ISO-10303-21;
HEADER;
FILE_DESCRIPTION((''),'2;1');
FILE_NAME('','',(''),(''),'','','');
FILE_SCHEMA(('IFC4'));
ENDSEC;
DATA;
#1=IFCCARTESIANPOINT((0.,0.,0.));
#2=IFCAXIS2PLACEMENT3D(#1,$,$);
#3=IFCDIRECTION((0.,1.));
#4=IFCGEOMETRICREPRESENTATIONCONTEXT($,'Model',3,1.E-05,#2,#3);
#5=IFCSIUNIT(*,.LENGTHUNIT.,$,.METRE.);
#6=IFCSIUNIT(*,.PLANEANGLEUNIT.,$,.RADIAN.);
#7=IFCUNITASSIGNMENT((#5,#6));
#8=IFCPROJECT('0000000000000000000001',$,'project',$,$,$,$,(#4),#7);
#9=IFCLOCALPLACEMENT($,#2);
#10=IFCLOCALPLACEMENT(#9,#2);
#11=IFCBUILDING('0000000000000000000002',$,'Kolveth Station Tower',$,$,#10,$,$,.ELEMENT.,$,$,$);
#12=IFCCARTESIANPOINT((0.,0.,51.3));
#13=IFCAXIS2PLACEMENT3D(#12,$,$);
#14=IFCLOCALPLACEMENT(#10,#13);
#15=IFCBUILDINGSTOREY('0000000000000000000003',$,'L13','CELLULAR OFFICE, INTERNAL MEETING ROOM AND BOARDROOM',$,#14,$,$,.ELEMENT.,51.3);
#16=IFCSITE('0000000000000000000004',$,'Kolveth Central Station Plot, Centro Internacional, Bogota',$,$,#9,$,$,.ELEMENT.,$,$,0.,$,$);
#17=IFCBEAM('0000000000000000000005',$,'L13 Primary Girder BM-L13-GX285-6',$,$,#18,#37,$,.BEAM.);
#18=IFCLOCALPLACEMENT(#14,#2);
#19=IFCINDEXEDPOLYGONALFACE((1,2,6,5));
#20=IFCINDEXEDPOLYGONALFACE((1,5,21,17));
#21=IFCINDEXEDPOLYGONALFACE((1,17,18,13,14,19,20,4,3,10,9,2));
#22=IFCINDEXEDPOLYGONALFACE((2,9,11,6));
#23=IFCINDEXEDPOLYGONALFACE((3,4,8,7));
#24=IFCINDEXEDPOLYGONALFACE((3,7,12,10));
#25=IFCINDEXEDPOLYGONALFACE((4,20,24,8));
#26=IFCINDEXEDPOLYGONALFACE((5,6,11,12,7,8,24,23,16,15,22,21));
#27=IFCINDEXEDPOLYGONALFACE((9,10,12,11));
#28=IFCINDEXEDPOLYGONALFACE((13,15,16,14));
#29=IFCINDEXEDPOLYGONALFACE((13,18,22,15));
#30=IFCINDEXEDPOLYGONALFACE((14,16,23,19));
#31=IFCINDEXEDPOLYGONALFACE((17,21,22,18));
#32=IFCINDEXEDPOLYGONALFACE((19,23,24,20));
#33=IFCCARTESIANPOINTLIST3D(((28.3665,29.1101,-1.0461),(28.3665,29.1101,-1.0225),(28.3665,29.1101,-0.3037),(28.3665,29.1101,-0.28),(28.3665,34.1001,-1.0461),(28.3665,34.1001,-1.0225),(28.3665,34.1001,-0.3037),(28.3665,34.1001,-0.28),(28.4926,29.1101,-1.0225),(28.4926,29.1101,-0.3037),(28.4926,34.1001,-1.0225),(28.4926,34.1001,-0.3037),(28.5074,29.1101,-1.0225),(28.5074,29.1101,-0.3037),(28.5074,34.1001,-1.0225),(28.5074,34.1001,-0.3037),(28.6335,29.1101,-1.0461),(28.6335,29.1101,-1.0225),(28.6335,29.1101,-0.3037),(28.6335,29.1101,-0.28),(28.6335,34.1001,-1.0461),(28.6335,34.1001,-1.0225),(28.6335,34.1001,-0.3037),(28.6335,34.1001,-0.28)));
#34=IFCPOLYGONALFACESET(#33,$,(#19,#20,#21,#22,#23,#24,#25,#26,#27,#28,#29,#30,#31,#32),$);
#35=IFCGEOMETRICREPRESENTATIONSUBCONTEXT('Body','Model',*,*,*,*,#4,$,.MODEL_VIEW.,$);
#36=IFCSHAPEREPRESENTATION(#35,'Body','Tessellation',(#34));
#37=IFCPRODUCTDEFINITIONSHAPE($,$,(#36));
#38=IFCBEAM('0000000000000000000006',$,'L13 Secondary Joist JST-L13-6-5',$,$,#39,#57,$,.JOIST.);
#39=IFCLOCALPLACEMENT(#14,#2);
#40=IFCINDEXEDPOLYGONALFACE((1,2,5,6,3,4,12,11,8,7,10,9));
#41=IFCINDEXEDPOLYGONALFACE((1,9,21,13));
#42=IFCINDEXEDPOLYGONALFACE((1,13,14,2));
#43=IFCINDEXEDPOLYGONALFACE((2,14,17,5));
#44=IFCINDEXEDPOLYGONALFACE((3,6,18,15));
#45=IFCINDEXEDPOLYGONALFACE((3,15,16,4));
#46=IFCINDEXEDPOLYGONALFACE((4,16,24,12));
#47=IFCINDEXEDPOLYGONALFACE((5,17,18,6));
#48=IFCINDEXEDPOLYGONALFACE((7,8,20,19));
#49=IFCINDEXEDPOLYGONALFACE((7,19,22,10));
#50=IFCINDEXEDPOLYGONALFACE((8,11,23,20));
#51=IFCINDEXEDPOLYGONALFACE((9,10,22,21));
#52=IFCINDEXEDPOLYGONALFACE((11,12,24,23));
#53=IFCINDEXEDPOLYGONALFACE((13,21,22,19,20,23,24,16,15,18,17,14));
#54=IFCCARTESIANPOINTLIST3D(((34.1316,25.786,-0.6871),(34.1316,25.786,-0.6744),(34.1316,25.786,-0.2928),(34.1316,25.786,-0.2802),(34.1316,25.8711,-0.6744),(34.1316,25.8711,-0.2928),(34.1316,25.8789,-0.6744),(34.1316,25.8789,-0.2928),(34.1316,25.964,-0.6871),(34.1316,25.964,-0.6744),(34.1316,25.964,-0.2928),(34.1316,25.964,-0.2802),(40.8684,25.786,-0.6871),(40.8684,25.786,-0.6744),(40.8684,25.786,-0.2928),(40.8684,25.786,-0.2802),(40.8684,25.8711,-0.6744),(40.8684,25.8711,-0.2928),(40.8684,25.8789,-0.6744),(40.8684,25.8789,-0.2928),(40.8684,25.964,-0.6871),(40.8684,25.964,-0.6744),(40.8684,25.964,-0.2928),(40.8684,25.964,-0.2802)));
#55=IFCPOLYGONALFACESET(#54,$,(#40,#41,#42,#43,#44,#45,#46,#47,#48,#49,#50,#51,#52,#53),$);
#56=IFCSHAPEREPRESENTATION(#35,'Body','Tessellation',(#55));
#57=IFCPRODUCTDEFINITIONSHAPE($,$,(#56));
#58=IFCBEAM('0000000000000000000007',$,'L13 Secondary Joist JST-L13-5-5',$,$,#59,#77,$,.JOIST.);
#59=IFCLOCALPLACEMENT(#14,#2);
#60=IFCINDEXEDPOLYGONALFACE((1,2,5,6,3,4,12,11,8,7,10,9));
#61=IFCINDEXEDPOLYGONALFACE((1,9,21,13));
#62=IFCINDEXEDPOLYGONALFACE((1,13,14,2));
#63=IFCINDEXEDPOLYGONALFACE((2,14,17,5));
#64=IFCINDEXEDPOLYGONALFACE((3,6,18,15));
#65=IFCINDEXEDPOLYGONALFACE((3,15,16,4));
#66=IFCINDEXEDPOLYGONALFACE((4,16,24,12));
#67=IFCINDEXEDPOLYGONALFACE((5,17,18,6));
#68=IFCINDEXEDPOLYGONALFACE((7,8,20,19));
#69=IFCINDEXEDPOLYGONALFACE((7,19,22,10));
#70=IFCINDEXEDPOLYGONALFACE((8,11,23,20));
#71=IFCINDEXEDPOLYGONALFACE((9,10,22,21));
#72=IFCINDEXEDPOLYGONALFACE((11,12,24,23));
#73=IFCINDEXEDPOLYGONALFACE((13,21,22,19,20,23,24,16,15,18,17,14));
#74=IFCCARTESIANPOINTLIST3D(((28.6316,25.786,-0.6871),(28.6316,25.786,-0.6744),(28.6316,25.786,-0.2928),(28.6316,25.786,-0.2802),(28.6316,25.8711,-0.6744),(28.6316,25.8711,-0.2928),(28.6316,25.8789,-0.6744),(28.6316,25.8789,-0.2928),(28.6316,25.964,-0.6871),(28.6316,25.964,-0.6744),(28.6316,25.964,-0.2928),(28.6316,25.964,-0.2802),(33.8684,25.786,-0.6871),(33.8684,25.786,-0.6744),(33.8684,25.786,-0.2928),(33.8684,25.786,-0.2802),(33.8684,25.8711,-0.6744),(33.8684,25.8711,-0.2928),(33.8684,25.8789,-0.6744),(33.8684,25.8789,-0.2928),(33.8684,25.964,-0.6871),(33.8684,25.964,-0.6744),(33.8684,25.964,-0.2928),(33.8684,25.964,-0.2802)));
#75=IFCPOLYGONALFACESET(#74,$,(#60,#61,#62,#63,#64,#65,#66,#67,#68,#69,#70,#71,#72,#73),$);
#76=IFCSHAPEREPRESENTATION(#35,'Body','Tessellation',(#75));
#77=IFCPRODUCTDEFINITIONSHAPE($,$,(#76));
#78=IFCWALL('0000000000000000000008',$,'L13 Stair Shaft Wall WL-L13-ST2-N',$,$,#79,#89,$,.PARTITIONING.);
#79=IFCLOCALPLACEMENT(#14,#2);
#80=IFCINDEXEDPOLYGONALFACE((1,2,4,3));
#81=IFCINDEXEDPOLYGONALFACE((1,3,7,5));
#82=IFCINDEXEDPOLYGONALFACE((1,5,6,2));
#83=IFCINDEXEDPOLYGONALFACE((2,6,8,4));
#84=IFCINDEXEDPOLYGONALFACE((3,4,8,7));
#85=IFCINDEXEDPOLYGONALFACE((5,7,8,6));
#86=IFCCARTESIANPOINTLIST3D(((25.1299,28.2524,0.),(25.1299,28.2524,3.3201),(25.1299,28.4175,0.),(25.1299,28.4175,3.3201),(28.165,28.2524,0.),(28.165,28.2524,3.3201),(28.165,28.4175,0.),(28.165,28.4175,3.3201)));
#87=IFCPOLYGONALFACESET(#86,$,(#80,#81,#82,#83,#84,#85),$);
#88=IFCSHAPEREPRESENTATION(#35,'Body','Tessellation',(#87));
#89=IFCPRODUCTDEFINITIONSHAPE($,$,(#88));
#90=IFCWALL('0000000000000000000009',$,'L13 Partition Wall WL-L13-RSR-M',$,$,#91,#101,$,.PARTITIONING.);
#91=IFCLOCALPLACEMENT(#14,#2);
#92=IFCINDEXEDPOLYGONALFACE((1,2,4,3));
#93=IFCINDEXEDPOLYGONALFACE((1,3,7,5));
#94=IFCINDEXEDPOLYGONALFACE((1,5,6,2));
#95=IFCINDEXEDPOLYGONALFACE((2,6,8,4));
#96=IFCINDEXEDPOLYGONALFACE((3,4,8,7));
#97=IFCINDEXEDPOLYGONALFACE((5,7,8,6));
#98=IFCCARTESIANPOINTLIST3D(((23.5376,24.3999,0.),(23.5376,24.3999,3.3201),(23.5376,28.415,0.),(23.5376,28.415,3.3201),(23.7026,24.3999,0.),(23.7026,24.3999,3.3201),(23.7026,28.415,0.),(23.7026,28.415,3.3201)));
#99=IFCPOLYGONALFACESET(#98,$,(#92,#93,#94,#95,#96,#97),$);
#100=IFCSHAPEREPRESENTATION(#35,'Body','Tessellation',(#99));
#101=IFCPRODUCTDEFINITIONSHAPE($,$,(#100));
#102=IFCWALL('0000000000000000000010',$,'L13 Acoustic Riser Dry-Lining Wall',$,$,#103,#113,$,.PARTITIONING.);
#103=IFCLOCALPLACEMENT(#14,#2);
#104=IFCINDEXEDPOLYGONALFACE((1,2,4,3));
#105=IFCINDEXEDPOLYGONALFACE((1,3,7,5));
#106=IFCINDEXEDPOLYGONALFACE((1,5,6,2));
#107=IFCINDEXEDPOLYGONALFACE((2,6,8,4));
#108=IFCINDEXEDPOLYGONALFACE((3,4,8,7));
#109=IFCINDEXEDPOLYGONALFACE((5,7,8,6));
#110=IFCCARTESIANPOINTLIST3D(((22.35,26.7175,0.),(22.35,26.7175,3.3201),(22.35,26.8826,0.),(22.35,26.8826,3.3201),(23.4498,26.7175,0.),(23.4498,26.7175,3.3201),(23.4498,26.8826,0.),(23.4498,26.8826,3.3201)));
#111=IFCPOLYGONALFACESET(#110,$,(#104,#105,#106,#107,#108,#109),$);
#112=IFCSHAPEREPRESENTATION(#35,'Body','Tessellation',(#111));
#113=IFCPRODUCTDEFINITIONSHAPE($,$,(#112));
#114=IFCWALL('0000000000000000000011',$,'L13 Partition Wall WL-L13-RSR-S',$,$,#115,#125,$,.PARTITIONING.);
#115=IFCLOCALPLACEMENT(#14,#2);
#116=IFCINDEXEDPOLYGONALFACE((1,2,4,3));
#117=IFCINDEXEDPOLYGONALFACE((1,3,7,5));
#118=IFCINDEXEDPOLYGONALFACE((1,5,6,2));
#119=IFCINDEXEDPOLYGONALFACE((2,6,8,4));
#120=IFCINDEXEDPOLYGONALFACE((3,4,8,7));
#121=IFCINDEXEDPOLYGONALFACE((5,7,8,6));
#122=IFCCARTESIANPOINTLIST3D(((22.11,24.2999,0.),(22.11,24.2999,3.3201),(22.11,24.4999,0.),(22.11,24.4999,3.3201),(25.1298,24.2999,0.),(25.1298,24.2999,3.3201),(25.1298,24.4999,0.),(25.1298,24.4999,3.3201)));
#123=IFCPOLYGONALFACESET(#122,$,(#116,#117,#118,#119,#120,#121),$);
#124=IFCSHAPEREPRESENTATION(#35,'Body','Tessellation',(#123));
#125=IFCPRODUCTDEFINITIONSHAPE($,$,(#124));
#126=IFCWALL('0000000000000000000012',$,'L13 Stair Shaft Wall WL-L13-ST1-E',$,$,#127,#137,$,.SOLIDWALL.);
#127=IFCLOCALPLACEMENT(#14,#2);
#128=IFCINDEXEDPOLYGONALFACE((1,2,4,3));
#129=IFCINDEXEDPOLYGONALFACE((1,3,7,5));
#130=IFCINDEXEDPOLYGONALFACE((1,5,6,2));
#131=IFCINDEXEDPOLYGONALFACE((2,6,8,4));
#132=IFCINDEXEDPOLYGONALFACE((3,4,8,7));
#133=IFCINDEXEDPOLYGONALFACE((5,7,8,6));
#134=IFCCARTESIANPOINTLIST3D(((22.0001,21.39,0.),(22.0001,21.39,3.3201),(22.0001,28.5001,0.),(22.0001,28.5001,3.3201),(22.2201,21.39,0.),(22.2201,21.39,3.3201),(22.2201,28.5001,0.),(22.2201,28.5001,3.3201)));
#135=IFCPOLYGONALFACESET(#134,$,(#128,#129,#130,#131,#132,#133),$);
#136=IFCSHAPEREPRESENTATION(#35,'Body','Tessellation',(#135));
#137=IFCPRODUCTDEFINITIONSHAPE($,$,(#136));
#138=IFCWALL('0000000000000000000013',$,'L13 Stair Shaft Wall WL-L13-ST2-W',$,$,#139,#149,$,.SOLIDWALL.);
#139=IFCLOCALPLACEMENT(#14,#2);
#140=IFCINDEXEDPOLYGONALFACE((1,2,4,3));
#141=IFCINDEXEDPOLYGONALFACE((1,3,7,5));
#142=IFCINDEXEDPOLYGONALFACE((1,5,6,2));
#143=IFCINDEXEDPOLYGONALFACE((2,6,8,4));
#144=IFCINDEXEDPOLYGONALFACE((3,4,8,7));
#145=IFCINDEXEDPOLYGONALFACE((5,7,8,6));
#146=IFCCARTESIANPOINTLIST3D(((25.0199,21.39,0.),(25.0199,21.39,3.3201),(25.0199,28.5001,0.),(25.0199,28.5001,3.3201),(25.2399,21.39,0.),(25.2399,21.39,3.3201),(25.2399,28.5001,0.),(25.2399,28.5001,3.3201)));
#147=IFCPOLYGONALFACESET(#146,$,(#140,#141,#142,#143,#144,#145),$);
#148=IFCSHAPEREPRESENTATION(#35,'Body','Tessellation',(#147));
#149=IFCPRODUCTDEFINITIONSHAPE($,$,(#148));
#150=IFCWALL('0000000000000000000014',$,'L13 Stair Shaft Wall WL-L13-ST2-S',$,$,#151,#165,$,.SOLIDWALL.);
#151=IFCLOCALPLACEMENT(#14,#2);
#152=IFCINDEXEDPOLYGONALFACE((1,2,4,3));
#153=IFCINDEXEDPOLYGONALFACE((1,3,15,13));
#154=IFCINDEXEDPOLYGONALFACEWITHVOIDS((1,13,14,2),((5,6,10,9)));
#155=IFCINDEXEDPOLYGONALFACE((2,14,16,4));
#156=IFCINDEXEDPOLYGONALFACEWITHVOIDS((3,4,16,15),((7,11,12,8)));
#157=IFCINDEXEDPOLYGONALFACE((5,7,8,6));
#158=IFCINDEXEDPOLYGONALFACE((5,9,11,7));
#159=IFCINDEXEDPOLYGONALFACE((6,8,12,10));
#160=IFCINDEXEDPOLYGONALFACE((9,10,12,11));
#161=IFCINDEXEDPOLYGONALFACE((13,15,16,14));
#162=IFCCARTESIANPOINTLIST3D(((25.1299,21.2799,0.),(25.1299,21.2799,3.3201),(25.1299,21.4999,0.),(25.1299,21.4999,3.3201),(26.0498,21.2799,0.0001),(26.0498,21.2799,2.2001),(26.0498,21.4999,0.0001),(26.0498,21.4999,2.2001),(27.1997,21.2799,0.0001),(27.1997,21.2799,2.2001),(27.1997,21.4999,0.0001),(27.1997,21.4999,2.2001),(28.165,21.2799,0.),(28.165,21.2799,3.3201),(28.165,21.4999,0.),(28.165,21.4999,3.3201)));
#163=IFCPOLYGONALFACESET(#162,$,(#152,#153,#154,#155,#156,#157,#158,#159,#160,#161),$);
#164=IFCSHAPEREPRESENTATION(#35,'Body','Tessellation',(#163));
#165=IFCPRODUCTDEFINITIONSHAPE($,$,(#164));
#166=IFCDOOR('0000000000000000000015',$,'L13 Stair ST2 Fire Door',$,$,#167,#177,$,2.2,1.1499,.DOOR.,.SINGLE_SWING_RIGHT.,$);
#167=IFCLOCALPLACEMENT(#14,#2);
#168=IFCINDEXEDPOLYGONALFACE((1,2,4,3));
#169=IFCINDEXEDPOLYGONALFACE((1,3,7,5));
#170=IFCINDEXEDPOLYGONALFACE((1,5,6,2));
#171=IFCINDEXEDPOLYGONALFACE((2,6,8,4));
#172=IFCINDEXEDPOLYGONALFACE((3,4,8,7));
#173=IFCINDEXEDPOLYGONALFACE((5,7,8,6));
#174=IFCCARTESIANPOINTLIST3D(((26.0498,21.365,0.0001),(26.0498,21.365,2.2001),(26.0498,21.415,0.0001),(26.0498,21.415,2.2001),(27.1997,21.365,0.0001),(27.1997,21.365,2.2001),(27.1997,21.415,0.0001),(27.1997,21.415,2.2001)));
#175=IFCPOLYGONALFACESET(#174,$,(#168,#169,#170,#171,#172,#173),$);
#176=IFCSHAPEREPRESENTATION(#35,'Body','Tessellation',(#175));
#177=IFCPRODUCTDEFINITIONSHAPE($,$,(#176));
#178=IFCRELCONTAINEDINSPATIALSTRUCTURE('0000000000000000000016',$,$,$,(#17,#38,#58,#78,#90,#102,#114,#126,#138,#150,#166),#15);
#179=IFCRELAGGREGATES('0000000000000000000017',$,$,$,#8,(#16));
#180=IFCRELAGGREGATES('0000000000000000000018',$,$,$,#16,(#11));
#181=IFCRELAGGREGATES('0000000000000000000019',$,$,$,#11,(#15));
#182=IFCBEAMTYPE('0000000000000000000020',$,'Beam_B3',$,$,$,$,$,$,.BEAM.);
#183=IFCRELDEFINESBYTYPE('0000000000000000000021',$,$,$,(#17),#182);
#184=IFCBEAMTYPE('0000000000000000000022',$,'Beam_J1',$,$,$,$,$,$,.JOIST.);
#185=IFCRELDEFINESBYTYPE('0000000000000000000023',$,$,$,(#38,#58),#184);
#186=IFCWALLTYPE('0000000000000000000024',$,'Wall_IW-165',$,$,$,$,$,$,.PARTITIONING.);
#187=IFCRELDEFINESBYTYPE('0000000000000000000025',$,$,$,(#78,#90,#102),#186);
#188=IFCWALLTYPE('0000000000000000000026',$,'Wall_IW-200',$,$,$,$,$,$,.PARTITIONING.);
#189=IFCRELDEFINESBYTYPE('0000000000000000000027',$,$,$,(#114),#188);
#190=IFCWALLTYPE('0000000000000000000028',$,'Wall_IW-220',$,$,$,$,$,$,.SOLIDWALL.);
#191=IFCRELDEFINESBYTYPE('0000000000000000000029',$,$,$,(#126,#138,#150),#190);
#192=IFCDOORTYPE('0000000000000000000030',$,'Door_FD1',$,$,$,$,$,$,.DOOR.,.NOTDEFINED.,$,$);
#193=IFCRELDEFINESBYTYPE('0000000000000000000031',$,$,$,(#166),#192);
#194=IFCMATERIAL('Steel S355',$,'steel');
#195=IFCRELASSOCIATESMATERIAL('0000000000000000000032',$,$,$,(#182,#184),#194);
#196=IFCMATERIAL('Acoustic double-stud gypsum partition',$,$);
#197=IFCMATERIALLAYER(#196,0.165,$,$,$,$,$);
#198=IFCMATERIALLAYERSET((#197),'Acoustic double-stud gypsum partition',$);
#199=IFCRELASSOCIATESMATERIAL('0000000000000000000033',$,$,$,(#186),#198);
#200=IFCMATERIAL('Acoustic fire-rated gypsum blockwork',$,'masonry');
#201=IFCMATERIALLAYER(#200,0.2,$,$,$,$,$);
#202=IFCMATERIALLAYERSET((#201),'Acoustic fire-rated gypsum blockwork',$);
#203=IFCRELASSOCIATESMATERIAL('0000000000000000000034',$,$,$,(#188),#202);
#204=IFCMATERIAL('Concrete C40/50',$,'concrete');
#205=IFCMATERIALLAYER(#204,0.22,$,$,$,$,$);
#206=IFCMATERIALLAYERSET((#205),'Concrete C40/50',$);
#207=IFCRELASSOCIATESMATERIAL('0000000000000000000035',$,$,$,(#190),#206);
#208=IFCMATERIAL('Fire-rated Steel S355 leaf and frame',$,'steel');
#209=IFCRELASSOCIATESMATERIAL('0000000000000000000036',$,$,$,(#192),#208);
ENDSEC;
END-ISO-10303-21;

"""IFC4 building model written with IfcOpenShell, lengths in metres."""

from ifc_helpers import new_model, si_unit, direction, frame, frame_2d, origin, origin_2d, place, context, subcontext, project, spatial, rectangle, i_section, extrude, source, transform, mapped, material, layer, layer_set, material_profile, profile_set, type_object, element, fill, save


model = new_model("IFC4")

# Units and contexts
model_context = context("Model", 3, precision=1e-05, world=origin(), true_north=direction((0.0, 1.0)))
body_context = subcontext(model_context, "Body", "Model", "MODEL_VIEW")
ifc_project = project(units=[si_unit("LENGTHUNIT", "METRE"), si_unit("PLANEANGLEUNIT", "RADIAN")], contexts=[model_context])

# Site, building, storey
site_placement = place(None, origin())
site = spatial("IfcSite", under=ifc_project, at=site_placement, Name="Kolveth Central Station Plot, Centro Internacional, Bogota", CompositionType="ELEMENT", RefElevation=0.0)
building_placement = place(site_placement, origin())
building = spatial("IfcBuilding", under=site, at=building_placement, Name="Kolveth Station Tower", CompositionType="ELEMENT")
storey_placement = place(building_placement, frame((0.0, 0.0, 51.3)))
storey = spatial("IfcBuildingStorey", under=building, at=storey_placement, Name="L13", Description="CELLULAR OFFICE, INTERNAL MEETING ROOM AND BOARDROOM", CompositionType="ELEMENT", Elevation=51.3)

# Beams
ifc_material_1 = material(Name="Steel S355", Category="steel")
ifc_material_profile_1 = material_profile(ifc_material_1, i_section(OverallWidth=0.2671, OverallDepth=0.7661, WebThickness=0.0149, FlangeThickness=0.0237, at=origin_2d()), Name="W760x185")
ifc_profile_set_1 = profile_set([ifc_material_profile_1], Name="Steel S355")
beam_type_1 = type_object("IfcBeamType", Name="Beam_B3", PredefinedType="BEAM", material=ifc_profile_set_1)
shared_shape_1 = source(origin(), body_context, "Body", "SweptSolid", [
    extrude(i_section(OverallWidth=0.2671, OverallDepth=0.7661, WebThickness=0.0149, FlangeThickness=0.0237, at=origin_2d()), origin(), (0.0, 0.0, 1.0), 4.99),
])
beam_1_placement = place(storey_placement, frame((28.5, 29.1101, -0.6631), z_axis=(0.0, 1.0, 0.0), x_axis=(-1.0, 0.0, 0.0)))
element("IfcBeam", 1, at=beam_1_placement, inside=storey, type_object=beam_type_1, Name="L13 Primary Girder BM-L13-GX285-6", PredefinedType="BEAM", context=body_context, shape_type="MappedRepresentation", body=[
    mapped(shared_shape_1, transform((0.0, 0.0, 0.0), x_axis=(1.0, 0.0, 0.0), y_axis=(0.0, 1.0, 0.0), z_axis=(0.0, 0.0, 1.0), scale=1.0)),
])
ifc_material_profile_2 = material_profile(ifc_material_1, i_section(OverallWidth=0.178, OverallDepth=0.407, WebThickness=0.0078, FlangeThickness=0.0127, at=origin_2d()), Name="W410x60")
ifc_profile_set_2 = profile_set([ifc_material_profile_2], Name="Steel S355")
beam_type_2 = type_object("IfcBeamType", Name="Beam_J1", PredefinedType="JOIST", material=ifc_profile_set_2)
shared_shape_2 = source(origin(), body_context, "Body", "SweptSolid", [
    extrude(i_section(OverallWidth=0.178, OverallDepth=0.407, WebThickness=0.0078, FlangeThickness=0.0127, at=origin_2d()), origin(), (0.0, 0.0, 1.0), 6.7368),
])
beam_2_placement = place(storey_placement, frame((34.1316, 25.875, -0.4836), z_axis=(1.0, 0.0, 0.0), x_axis=(0.0, 1.0, 0.0)))
element("IfcBeam", 2, at=beam_2_placement, inside=storey, type_object=beam_type_2, Name="L13 Secondary Joist JST-L13-6-5", PredefinedType="JOIST", context=body_context, shape_type="MappedRepresentation", body=[
    mapped(shared_shape_2, transform((0.0, 0.0, 0.0), x_axis=(1.0, 0.0, 0.0), y_axis=(0.0, 1.0, 0.0), z_axis=(0.0, 0.0, 1.0), scale=1.0)),
])
shared_shape_3 = source(origin(), body_context, "Body", "SweptSolid", [
    extrude(i_section(OverallWidth=0.178, OverallDepth=0.407, WebThickness=0.0078, FlangeThickness=0.0127, at=origin_2d()), origin(), (0.0, 0.0, 1.0), 5.2368),
])
beam_3_placement = place(storey_placement, frame((28.6316, 25.875, -0.4836), z_axis=(1.0, 0.0, 0.0), x_axis=(0.0, 1.0, 0.0)))
element("IfcBeam", 3, at=beam_3_placement, inside=storey, type_object=beam_type_2, Name="L13 Secondary Joist JST-L13-5-5", PredefinedType="JOIST", context=body_context, shape_type="MappedRepresentation", body=[
    mapped(shared_shape_3, transform((0.0, 0.0, 0.0), x_axis=(1.0, 0.0, 0.0), y_axis=(0.0, 1.0, 0.0), z_axis=(0.0, 0.0, 1.0), scale=1.0)),
])

# Walls
ifc_material_2 = material(Name="Acoustic double-stud gypsum partition")
ifc_layer_1 = layer(ifc_material_2, 0.165)
ifc_layer_set_1 = layer_set([ifc_layer_1], Name="Acoustic double-stud gypsum partition")
wall_type_1 = type_object("IfcWallType", Name="Wall_IW-165", PredefinedType="PARTITIONING", material=ifc_layer_set_1)
wall_1_placement = place(storey_placement, frame((25.1299, 28.335, 0.0), z_axis=(0.0, 0.0, 1.0), x_axis=(1.0, 0.0, 0.0)))
element("IfcWall", 4, at=wall_1_placement, inside=storey, type_object=wall_type_1, Name="L13 Stair Shaft Wall WL-L13-ST2-N", PredefinedType="PARTITIONING", context=body_context, shape_type="SweptSolid", body=[
    extrude(rectangle(XDim=3.0352, YDim=0.165, at=frame_2d((1.5176, 0.0))), origin(), (0.0, 0.0, 1.0), 3.3201),
])
wall_2_placement = place(storey_placement, frame((23.6201, 24.3999, 0.0), z_axis=(0.0, 0.0, 1.0), x_axis=(0.0, 1.0, 0.0)))
element("IfcWall", 5, at=wall_2_placement, inside=storey, type_object=wall_type_1, Name="L13 Partition Wall WL-L13-RSR-M", PredefinedType="PARTITIONING", context=body_context, shape_type="SweptSolid", body=[
    extrude(rectangle(XDim=4.0151, YDim=0.165, at=frame_2d((2.0076, 0.0))), origin(), (0.0, 0.0, 1.0), 3.3201),
])
wall_3_placement = place(storey_placement, frame((22.3501, 26.8, 0.0), z_axis=(0.0, 0.0, 1.0), x_axis=(1.0, 0.0, 0.0)))
element("IfcWall", 6, at=wall_3_placement, inside=storey, type_object=wall_type_1, Name="L13 Acoustic Riser Dry-Lining Wall", PredefinedType="PARTITIONING", context=body_context, shape_type="SweptSolid", body=[
    extrude(rectangle(XDim=1.0999, YDim=0.165, at=frame_2d((0.5498, 0.0))), origin(), (0.0, 0.0, 1.0), 3.3201),
])
ifc_material_3 = material(Name="Acoustic fire-rated gypsum blockwork", Category="masonry")
ifc_layer_2 = layer(ifc_material_3, 0.2)
ifc_layer_set_2 = layer_set([ifc_layer_2], Name="Acoustic fire-rated gypsum blockwork")
wall_type_2 = type_object("IfcWallType", Name="Wall_IW-200", PredefinedType="PARTITIONING", material=ifc_layer_set_2)
wall_4_placement = place(storey_placement, frame((22.1101, 24.3999, 0.0), z_axis=(0.0, 0.0, 1.0), x_axis=(1.0, 0.0, 0.0)))
element("IfcWall", 7, at=wall_4_placement, inside=storey, type_object=wall_type_2, Name="L13 Partition Wall WL-L13-RSR-S", PredefinedType="PARTITIONING", context=body_context, shape_type="SweptSolid", body=[
    extrude(rectangle(XDim=3.0198, YDim=0.2, at=frame_2d((1.5098, 0.0))), origin(), (0.0, 0.0, 1.0), 3.3201),
])
ifc_material_4 = material(Name="Concrete C40/50", Category="concrete")
ifc_layer_3 = layer(ifc_material_4, 0.22)
ifc_layer_set_3 = layer_set([ifc_layer_3], Name="Concrete C40/50")
wall_type_3 = type_object("IfcWallType", Name="Wall_IW-220", PredefinedType="SOLIDWALL", material=ifc_layer_set_3)
for number, where, z_axis, x_axis, name in (
    (8, (22.1101, 21.3899, 0.0), (0.0, 0.0, 1.0), (0.0, 1.0, 0.0), "L13 Stair Shaft Wall WL-L13-ST1-E"),
    (9, (25.1299, 21.3899, 0.0), (0.0, 0.0, 1.0), (0.0, 1.0, 0.0), "L13 Stair Shaft Wall WL-L13-ST2-W"),
):
    element("IfcWall", number, at=place(storey_placement, frame(where, z_axis=z_axis, x_axis=x_axis)), inside=storey, type_object=wall_type_3, Name=name, PredefinedType="SOLIDWALL", context=body_context, shape_type="SweptSolid", body=[
        extrude(rectangle(XDim=7.1101, YDim=0.22, at=frame_2d((3.5552, 0.0))), origin(), (0.0, 0.0, 1.0), 3.3201),
    ])

# Wall, opening, door
wall_5_placement = place(storey_placement, frame((25.1299, 21.3899, 0.0), z_axis=(0.0, 0.0, 1.0), x_axis=(1.0, 0.0, 0.0)))
wall_5 = element("IfcWall", 10, at=wall_5_placement, inside=storey, type_object=wall_type_3, Name="L13 Stair Shaft Wall WL-L13-ST2-S", PredefinedType="SOLIDWALL", context=body_context, shape_type="SweptSolid", body=[
    extrude(rectangle(XDim=3.0352, YDim=0.22, at=frame_2d((1.5176, 0.0))), origin(), (0.0, 0.0, 1.0), 3.3201),
])
opening_placement = place(wall_5_placement, frame((0.9199, 0.0, 0.0)))
opening = element("IfcOpeningElement", 11, at=opening_placement, cuts=wall_5, PredefinedType="OPENING", context=body_context, shape_type="SweptSolid", body=[
    extrude(rectangle(XDim=1.1499, YDim=2.2, at=frame_2d((0.575, 1.1001))), frame((0.0, 0.1199, 0.0), z_axis=(0.0, -1.0, 0.0), x_axis=(1.0, 0.0, 0.0)), (0.0, 0.0, 1.0), 0.24),
])
ifc_material_5 = material(Name="Fire-rated Steel S355 leaf and frame", Category="steel")
door_type = type_object("IfcDoorType", Name="Door_FD1", OperationType="NOTDEFINED", PredefinedType="DOOR", material=ifc_material_5)
door_placement = place(opening_placement, frame((1.1499, 0.0, 0.0), z_axis=(0.0, 0.0, 1.0), x_axis=(-1.0, 0.0, 0.0)))
door = element("IfcDoor", 12, at=door_placement, inside=storey, type_object=door_type, Name="L13 Stair ST2 Fire Door", OperationType="SINGLE_SWING_RIGHT", OverallHeight=2.2, OverallWidth=1.1499, PredefinedType="DOOR", context=body_context, shape_type="SweptSolid", body=[
    extrude(rectangle(XDim=1.1499, YDim=2.2, at=frame_2d((0.575, 1.1001))), frame((0.0, 0.0249, 0.0), z_axis=(0.0, -1.0, 0.0), x_axis=(1.0, 0.0, 0.0)), (0.0, 0.0, 1.0), 0.05),
])
fill(opening, door)

save(model, "model.ifc")
